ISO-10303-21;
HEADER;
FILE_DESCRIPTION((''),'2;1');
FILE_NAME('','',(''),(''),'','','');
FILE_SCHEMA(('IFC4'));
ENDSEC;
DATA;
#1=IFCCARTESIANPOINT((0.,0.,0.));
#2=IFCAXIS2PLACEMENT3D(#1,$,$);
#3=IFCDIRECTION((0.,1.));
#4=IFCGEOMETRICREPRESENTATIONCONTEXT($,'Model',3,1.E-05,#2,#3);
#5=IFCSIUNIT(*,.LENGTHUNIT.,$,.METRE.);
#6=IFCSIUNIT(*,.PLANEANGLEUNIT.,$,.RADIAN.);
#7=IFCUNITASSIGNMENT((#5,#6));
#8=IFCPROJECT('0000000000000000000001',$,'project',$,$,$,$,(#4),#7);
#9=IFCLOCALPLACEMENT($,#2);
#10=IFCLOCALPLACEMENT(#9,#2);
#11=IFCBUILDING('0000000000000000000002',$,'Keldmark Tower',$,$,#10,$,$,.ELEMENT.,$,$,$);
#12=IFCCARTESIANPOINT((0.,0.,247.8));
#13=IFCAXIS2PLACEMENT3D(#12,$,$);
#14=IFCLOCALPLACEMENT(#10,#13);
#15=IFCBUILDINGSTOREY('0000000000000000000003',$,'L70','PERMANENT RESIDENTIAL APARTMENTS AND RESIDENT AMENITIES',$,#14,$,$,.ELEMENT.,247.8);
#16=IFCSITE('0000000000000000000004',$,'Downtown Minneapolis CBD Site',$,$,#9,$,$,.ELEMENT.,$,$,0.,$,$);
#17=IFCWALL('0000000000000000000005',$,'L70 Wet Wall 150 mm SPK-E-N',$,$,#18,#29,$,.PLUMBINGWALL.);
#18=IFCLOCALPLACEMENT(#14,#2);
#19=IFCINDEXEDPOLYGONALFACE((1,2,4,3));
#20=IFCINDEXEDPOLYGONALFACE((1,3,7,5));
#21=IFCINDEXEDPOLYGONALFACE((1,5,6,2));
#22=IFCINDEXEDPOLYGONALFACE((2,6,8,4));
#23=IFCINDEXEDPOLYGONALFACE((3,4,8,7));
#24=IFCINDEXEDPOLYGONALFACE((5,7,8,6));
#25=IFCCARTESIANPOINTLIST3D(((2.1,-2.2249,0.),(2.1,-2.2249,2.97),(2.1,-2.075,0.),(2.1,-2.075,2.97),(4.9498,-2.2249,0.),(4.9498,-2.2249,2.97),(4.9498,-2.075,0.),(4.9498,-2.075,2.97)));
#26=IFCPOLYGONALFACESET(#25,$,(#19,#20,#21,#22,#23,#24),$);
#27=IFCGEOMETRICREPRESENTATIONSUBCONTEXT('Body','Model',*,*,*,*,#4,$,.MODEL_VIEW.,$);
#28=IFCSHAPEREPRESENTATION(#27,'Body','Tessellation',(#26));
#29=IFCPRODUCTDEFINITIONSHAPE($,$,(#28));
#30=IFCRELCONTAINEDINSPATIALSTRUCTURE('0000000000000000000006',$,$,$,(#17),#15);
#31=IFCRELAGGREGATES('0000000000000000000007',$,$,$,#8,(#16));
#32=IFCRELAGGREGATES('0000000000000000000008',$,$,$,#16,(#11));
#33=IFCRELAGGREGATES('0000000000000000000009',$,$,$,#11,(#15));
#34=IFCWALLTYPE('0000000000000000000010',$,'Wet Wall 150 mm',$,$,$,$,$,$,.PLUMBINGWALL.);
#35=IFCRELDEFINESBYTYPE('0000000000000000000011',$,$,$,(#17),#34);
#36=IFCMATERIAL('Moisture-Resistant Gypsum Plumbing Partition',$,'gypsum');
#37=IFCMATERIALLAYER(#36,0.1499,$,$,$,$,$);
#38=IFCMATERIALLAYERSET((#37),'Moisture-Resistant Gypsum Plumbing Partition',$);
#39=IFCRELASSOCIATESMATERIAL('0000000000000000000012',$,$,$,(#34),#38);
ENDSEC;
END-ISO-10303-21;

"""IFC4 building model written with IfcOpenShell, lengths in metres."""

from ifc_helpers import new_model, si_unit, direction, frame, frame_2d, origin, place, context, subcontext, project, spatial, rectangle, extrude, material, layer, layer_set, type_object, element, save


model = new_model("IFC4")

# Units and contexts
model_context = context("Model", 3, precision=1e-05, world=origin(), true_north=direction((0.0, 1.0)))
body_context = subcontext(model_context, "Body", "Model", "MODEL_VIEW")
ifc_project = project(units=[si_unit("LENGTHUNIT", "METRE"), si_unit("PLANEANGLEUNIT", "RADIAN")], contexts=[model_context])

# Site, building, storey
site_placement = place(None, origin())
site = spatial("IfcSite", under=ifc_project, at=site_placement, Name="Downtown Minneapolis CBD Site", CompositionType="ELEMENT", RefElevation=0.0)
building_placement = place(site_placement, origin())
building = spatial("IfcBuilding", under=site, at=building_placement, Name="Keldmark Tower", CompositionType="ELEMENT")
storey_placement = place(building_placement, frame((0.0, 0.0, 247.8)))
storey = spatial("IfcBuildingStorey", under=building, at=storey_placement, Name="L70", Description="PERMANENT RESIDENTIAL APARTMENTS AND RESIDENT AMENITIES", CompositionType="ELEMENT", Elevation=247.8)

# Wall
ifc_material_1 = material(Name="Moisture-Resistant Gypsum Plumbing Partition", Category="gypsum")
ifc_layer_1 = layer(ifc_material_1, 0.1499)
ifc_layer_set_1 = layer_set([ifc_layer_1], Name="Moisture-Resistant Gypsum Plumbing Partition")
wall_type_1 = type_object("IfcWallType", Name="Wet Wall 150 mm", PredefinedType="PLUMBINGWALL", material=ifc_layer_set_1)
wall_1_placement = place(storey_placement, frame((2.1001, -2.1499, 0.0), z_axis=(0.0, 0.0, 1.0), x_axis=(1.0, 0.0, 0.0)))
element("IfcWall", 1, at=wall_1_placement, inside=storey, type_object=wall_type_1, Name="L70 Wet Wall 150 mm SPK-E-N", PredefinedType="PLUMBINGWALL", context=body_context, shape_type="SweptSolid", body=[
    extrude(rectangle(XDim=2.8499, YDim=0.1499, at=frame_2d((1.4248, 0.0))), origin(), (0.0, 0.0, 1.0), 2.97),
])

save(model, "model.ifc")
